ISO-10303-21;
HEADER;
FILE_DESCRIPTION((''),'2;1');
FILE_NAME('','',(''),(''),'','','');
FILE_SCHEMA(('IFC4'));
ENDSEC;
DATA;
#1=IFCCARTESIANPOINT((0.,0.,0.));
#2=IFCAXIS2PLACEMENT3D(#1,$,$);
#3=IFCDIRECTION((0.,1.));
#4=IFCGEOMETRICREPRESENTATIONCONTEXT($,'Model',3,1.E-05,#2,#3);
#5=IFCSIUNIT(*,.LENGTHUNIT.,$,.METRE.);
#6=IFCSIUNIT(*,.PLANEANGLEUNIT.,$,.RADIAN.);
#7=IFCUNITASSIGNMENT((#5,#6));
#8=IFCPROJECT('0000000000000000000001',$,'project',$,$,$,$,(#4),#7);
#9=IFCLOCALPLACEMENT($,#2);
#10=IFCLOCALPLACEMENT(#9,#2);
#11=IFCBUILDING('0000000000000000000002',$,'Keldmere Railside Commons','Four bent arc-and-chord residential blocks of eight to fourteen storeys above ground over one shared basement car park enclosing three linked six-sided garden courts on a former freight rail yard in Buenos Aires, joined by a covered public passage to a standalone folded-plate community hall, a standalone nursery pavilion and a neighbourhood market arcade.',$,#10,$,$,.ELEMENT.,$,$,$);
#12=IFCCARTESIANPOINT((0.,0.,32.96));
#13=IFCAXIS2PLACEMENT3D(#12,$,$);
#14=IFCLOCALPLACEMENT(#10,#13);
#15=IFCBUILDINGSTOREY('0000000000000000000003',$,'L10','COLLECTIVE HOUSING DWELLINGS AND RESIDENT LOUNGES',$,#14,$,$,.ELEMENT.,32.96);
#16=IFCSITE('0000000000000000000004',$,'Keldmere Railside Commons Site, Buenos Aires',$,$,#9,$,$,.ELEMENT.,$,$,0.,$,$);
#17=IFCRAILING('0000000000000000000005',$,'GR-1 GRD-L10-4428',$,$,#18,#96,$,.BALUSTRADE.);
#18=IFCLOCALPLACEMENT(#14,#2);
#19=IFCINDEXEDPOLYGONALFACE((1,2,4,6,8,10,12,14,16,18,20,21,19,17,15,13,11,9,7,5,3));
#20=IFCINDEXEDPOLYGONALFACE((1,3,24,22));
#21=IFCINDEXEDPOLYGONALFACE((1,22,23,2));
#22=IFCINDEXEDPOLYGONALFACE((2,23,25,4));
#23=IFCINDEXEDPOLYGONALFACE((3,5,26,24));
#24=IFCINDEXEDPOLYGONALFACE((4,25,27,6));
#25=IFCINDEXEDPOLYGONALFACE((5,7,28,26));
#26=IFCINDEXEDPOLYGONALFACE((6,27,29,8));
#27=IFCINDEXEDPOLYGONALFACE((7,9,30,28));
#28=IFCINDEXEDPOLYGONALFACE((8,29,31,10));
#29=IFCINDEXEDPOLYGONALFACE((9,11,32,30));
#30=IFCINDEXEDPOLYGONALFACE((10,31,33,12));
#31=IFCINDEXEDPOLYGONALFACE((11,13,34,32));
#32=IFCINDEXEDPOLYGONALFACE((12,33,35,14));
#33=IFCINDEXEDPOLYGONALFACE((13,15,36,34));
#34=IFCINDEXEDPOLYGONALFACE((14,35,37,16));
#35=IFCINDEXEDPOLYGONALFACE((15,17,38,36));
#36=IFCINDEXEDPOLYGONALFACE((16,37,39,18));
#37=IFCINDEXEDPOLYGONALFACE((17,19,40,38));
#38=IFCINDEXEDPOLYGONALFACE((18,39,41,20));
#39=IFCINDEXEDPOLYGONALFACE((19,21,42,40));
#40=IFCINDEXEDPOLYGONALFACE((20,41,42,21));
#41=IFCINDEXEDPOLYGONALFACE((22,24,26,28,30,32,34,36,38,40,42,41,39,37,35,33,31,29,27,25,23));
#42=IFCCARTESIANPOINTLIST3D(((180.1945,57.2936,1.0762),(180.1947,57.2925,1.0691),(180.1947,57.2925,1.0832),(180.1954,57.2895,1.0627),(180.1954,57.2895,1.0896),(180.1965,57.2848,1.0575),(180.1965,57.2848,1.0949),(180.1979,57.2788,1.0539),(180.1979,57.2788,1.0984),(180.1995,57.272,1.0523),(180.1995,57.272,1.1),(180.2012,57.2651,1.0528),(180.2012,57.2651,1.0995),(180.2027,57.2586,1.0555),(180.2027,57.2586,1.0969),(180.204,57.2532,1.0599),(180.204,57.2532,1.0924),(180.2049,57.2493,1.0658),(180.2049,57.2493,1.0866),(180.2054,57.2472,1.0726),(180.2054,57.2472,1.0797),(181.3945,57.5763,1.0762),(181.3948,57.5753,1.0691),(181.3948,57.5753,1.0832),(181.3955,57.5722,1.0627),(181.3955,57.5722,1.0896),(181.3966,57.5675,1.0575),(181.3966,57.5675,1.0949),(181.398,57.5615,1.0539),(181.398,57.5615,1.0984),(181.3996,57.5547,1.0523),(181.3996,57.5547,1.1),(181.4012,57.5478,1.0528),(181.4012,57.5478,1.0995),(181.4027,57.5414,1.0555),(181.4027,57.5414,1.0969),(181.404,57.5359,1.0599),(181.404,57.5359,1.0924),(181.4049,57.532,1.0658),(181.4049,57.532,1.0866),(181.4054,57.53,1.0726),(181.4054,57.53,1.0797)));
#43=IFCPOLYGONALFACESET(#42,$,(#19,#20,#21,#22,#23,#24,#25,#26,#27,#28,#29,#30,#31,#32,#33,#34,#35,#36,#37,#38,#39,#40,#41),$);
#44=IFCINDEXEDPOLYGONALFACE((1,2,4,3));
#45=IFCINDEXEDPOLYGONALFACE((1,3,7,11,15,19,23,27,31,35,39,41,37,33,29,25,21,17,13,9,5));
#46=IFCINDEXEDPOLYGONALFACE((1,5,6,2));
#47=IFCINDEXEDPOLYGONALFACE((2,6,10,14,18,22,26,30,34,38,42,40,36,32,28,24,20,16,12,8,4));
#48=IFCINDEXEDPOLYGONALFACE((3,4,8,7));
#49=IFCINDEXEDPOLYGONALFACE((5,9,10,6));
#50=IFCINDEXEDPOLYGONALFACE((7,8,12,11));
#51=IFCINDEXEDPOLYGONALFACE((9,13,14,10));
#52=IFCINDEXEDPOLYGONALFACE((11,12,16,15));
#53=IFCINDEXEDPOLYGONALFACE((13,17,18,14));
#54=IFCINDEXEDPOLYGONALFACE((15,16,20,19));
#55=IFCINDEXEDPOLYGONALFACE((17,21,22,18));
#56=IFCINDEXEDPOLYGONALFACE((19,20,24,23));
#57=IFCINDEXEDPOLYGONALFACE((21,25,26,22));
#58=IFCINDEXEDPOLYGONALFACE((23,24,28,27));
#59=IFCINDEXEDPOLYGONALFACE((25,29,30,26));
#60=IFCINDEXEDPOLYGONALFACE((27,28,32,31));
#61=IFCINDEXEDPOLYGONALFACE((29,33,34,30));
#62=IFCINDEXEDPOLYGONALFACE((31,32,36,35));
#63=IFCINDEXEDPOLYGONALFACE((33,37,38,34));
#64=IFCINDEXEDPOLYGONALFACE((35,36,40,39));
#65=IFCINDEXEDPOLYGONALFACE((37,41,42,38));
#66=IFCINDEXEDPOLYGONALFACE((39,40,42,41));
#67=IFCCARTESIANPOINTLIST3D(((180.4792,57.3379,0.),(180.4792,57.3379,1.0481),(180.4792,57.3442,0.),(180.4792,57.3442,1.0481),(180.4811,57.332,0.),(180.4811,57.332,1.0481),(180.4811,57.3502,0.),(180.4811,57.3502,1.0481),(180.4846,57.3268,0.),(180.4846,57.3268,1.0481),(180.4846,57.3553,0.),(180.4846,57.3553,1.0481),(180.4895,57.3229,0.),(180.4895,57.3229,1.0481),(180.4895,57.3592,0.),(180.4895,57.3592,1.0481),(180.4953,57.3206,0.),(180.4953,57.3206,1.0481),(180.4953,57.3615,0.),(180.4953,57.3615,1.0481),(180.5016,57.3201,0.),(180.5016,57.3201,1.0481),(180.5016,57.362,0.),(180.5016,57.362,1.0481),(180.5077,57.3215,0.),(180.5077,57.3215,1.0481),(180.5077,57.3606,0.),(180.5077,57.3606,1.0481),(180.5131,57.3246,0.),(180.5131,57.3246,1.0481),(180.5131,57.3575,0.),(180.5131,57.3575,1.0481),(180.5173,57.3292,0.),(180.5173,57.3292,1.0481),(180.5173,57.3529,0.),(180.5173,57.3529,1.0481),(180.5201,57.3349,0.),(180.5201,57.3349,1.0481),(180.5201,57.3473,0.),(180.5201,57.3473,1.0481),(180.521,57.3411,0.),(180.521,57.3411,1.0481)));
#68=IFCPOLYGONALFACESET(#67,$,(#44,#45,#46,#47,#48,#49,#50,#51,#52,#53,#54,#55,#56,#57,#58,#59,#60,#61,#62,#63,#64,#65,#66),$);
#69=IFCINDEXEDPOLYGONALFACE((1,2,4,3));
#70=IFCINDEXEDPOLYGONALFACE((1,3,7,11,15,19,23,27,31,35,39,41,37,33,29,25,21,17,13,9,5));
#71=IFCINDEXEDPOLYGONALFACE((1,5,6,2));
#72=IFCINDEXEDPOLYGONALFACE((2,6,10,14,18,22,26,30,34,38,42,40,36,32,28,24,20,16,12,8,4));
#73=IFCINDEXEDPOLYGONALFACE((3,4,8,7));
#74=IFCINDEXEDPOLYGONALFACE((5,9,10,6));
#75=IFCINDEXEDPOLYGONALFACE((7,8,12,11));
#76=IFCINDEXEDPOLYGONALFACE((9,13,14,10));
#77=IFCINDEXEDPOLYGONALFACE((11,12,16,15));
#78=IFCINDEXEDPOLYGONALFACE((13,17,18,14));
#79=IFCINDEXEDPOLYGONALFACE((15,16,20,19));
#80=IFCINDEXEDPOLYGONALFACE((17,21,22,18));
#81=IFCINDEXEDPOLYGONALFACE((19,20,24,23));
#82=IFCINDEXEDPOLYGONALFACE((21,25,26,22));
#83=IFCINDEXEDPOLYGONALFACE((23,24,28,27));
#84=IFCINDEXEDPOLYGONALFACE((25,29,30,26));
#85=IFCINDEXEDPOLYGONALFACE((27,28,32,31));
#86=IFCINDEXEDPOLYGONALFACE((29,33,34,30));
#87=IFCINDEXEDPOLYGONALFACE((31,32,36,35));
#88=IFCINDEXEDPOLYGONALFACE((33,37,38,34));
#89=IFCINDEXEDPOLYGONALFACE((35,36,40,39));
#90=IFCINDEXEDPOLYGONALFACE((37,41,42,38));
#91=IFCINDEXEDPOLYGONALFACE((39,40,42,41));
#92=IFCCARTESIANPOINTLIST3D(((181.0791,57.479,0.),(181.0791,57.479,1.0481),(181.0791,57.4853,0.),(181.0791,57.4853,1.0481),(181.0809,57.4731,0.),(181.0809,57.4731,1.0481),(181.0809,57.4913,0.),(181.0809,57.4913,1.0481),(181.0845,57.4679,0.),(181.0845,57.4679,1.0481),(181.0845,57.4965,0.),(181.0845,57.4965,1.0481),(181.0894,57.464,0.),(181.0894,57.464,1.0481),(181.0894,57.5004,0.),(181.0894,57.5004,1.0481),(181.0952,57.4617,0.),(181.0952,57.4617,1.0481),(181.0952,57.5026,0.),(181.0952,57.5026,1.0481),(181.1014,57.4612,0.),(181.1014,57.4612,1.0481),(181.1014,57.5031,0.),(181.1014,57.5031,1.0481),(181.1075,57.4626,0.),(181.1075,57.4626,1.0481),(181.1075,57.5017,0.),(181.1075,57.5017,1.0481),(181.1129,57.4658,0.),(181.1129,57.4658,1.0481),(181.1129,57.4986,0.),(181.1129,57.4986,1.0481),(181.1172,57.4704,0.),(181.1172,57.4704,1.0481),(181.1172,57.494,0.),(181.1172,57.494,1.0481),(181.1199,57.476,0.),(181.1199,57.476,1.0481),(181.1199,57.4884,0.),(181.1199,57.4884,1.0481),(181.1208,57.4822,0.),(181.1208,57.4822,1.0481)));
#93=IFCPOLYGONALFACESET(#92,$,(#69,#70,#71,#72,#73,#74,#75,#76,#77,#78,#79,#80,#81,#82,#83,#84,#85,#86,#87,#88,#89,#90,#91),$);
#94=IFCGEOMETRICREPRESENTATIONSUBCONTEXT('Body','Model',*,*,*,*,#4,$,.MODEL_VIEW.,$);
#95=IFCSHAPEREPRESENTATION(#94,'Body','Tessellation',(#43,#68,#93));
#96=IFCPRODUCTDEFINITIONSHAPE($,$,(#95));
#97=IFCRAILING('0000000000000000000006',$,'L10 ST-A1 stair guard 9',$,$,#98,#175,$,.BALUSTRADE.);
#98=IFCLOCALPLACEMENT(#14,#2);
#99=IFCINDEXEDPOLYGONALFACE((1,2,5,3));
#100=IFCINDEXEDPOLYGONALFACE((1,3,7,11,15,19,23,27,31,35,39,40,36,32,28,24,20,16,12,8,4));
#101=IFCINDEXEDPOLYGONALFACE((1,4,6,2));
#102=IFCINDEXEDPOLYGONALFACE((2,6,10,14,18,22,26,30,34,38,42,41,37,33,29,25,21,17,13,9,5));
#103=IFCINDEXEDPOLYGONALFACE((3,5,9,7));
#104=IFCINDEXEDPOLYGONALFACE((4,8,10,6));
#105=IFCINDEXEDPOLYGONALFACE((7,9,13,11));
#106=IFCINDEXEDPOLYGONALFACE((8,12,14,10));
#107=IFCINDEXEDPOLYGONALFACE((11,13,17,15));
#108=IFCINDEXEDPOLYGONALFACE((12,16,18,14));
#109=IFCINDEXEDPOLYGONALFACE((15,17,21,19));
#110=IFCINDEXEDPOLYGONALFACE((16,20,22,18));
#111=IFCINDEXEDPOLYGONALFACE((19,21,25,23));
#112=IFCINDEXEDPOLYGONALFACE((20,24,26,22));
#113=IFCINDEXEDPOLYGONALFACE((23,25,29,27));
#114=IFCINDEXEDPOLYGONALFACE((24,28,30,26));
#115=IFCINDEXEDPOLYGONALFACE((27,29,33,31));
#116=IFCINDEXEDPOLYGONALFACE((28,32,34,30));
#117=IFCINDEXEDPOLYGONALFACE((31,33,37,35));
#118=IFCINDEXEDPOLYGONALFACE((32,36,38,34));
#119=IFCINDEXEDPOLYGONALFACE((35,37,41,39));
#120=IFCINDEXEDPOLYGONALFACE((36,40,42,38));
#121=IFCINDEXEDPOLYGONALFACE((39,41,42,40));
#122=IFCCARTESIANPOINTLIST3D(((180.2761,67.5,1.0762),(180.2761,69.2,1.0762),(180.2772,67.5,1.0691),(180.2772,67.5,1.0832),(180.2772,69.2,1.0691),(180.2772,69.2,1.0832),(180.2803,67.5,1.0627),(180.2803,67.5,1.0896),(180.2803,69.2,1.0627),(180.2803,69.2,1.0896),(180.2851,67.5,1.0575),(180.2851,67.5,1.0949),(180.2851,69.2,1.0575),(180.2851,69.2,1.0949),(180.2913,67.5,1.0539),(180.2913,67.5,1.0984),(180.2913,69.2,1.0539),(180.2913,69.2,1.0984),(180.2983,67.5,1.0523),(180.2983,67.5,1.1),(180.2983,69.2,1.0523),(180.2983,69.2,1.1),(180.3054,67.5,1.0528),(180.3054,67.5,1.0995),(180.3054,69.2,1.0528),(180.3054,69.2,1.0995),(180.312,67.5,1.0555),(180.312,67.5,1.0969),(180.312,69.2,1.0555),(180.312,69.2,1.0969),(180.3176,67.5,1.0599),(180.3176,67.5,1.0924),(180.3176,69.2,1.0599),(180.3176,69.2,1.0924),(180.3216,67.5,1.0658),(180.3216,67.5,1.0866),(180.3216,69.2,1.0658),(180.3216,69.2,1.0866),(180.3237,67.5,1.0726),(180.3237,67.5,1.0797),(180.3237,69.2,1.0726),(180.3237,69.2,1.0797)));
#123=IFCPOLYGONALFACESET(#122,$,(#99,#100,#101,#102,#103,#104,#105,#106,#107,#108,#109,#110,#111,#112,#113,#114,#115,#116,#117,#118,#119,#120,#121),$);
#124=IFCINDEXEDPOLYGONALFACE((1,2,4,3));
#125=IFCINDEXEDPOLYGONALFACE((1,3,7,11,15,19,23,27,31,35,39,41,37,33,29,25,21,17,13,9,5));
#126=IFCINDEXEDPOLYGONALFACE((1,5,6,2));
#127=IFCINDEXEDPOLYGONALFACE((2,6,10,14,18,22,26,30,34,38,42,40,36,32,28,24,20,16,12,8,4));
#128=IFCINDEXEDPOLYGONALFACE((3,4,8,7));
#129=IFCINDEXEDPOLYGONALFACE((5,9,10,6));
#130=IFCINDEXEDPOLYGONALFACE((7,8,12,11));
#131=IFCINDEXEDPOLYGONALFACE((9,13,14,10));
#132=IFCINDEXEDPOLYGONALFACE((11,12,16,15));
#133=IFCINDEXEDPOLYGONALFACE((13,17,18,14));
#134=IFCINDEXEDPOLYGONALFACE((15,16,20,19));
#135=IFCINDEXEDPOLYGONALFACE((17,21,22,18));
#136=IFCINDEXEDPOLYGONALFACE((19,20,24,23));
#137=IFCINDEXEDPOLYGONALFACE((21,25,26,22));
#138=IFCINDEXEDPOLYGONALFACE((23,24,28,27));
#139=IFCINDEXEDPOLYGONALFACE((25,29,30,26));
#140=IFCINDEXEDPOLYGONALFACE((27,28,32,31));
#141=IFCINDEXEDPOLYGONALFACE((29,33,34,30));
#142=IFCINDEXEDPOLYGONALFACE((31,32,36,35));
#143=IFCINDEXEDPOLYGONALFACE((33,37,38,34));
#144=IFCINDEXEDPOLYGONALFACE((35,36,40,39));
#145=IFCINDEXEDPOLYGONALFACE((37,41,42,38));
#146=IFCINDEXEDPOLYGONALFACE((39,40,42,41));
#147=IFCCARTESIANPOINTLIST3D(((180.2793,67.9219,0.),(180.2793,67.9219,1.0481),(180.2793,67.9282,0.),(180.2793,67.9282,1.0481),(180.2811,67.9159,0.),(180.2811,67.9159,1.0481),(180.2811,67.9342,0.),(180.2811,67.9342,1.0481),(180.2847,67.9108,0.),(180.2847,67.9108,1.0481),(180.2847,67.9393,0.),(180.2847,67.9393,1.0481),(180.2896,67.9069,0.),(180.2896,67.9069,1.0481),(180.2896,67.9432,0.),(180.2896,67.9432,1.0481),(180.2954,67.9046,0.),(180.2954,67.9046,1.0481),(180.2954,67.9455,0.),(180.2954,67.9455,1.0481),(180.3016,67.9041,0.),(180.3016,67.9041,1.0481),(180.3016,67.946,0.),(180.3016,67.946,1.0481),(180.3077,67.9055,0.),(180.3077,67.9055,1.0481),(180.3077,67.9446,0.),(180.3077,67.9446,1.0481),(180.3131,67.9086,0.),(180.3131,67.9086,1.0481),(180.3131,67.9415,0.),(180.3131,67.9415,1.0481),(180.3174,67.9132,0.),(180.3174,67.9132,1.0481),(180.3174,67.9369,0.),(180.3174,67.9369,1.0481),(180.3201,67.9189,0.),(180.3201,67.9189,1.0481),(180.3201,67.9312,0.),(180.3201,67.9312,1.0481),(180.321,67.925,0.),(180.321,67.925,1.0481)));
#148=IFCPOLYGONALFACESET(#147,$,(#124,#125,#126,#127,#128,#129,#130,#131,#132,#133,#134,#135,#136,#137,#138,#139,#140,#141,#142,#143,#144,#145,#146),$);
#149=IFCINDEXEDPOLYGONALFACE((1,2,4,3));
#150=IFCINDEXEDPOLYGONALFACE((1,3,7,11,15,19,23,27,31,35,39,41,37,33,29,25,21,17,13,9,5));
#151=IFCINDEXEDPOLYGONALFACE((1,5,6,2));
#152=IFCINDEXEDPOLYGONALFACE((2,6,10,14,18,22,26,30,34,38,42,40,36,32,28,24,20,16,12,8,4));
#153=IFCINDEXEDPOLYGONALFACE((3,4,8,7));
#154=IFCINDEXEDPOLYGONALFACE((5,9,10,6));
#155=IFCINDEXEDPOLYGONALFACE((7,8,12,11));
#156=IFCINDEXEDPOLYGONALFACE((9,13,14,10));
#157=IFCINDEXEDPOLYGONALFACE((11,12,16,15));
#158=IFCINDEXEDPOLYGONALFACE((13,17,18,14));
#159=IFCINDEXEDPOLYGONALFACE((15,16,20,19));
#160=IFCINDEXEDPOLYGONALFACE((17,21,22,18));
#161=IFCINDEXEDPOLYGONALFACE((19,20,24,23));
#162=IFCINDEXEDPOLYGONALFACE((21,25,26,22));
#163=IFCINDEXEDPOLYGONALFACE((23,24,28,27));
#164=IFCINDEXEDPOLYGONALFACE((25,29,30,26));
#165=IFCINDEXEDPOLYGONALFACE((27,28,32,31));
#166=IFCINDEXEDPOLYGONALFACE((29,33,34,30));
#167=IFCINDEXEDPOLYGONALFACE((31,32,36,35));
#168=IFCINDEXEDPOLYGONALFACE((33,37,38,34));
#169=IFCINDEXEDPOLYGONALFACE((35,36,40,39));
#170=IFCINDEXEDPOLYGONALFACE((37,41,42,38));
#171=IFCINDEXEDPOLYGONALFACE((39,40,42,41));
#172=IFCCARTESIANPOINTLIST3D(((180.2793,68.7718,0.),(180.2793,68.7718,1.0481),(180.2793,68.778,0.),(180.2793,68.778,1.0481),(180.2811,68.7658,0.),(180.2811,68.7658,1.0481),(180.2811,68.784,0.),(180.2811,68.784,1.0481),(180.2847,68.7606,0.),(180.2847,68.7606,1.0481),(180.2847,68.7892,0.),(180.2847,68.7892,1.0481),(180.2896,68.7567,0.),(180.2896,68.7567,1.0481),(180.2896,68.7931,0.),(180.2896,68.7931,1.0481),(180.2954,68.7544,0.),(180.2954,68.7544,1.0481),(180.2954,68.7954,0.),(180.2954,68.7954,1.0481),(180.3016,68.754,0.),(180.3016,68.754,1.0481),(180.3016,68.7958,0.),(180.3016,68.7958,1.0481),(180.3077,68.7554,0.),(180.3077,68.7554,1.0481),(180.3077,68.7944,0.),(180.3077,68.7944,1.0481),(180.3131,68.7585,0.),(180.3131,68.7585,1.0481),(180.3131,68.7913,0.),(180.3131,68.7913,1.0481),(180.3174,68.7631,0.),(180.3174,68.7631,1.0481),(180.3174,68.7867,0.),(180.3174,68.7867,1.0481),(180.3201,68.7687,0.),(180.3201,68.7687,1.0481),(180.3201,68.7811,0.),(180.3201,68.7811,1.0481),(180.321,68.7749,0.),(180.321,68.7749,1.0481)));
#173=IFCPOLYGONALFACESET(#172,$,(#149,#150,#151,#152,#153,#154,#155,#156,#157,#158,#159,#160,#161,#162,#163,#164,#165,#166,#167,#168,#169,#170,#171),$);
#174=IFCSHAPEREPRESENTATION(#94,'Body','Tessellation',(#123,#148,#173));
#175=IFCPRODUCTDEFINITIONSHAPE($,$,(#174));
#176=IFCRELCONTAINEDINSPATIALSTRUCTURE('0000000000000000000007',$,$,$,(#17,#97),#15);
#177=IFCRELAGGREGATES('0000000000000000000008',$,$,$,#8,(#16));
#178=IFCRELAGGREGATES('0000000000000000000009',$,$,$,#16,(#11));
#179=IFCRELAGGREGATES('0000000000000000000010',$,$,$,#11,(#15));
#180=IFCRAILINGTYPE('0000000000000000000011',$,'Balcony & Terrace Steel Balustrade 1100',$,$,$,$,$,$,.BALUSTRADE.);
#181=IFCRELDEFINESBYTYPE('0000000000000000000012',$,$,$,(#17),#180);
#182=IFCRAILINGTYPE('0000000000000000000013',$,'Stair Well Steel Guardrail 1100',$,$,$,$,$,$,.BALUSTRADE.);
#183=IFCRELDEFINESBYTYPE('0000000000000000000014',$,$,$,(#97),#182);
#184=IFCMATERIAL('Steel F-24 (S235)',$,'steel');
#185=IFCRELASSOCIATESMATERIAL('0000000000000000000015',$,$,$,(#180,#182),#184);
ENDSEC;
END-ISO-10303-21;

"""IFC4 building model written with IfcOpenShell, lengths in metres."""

from ifc_helpers import new_model, si_unit, direction, frame, origin, origin_2d, place, context, subcontext, project, spatial, circle, extrude, material, type_object, element, save


model = new_model("IFC4")

# Units and contexts
model_context = context("Model", 3, precision=1e-05, world=origin(), true_north=direction((0.0, 1.0)))
body_context = subcontext(model_context, "Body", "Model", "MODEL_VIEW")
ifc_project = project(units=[si_unit("LENGTHUNIT", "METRE"), si_unit("PLANEANGLEUNIT", "RADIAN")], contexts=[model_context])

# Site, building, storey
site_placement = place(None, origin())
site = spatial("IfcSite", under=ifc_project, at=site_placement, Name="Keldmere Railside Commons Site, Buenos Aires", CompositionType="ELEMENT", RefElevation=0.0)
building_placement = place(site_placement, origin())
building = spatial("IfcBuilding", under=site, at=building_placement, Name="Keldmere Railside Commons", Description="Four bent arc-and-chord residential blocks of eight to fourteen storeys above ground over one shared basement car park enclosing three linked six-sided garden courts on a former freight rail yard in Buenos Aires, joined by a covered public passage to a standalone folded-plate community hall, a standalone nursery pavilion and a neighbourhood market arcade.", CompositionType="ELEMENT")
storey_placement = place(building_placement, frame((0.0, 0.0, 32.96)))
storey = spatial("IfcBuildingStorey", under=building, at=storey_placement, Name="L10", Description="COLLECTIVE HOUSING DWELLINGS AND RESIDENT LOUNGES", CompositionType="ELEMENT", Elevation=32.96)

# Shared definitions
ifc_material_1 = material(Name="Steel F-24 (S235)", Category="steel")

# Railings
railing_type_1 = type_object("IfcRailingType", Name="Balcony & Terrace Steel Balustrade 1100", PredefinedType="BALUSTRADE", material=ifc_material_1)
railing_1_placement = place(storey_placement, frame((180.2, 57.2703, 0.0)))
element("IfcRailing", 1, at=railing_1_placement, inside=storey, type_object=railing_type_1, Name="GR-1 GRD-L10-4428", PredefinedType="BALUSTRADE", context=body_context, shape_type="SweptSolid", body=[
    extrude(circle(Radius=0.0239, at=origin_2d()), frame((0.0, 0.0, 1.0762), z_axis=(0.97335, 0.229326, 0.0), x_axis=(-0.229326, 0.97335, 0.0)), (0.0, 0.0, 1.0), 1.2329),
    extrude(circle(Radius=0.021, at=origin_2d()), frame((0.3, 0.0708, 0.0)), (0.0, 0.0, 1.0), 1.0481),
    extrude(circle(Radius=0.021, at=origin_2d()), frame((0.8999, 0.2119, 0.0)), (0.0, 0.0, 1.0), 1.0481),
])
railing_type_2 = type_object("IfcRailingType", Name="Stair Well Steel Guardrail 1100", PredefinedType="BALUSTRADE", material=ifc_material_1)
railing_2_placement = place(storey_placement, frame((180.3, 67.5, 0.0)))
element("IfcRailing", 2, at=railing_2_placement, inside=storey, type_object=railing_type_2, Name="L10 ST-A1 stair guard 9", PredefinedType="BALUSTRADE", context=body_context, shape_type="SweptSolid", body=[
    extrude(circle(Radius=0.0239, at=origin_2d()), frame((0.0, 0.0, 1.0762), z_axis=(0.0, 1.0, 0.0), x_axis=(-1.0, 0.0, 0.0)), (0.0, 0.0, 1.0), 1.7),
    extrude(circle(Radius=0.021, at=origin_2d()), frame((0.0, 0.425, 0.0)), (0.0, 0.0, 1.0), 1.0481),
    extrude(circle(Radius=0.021, at=origin_2d()), frame((0.0, 1.2749, 0.0)), (0.0, 0.0, 1.0), 1.0481),
])

save(model, "model.ifc")
